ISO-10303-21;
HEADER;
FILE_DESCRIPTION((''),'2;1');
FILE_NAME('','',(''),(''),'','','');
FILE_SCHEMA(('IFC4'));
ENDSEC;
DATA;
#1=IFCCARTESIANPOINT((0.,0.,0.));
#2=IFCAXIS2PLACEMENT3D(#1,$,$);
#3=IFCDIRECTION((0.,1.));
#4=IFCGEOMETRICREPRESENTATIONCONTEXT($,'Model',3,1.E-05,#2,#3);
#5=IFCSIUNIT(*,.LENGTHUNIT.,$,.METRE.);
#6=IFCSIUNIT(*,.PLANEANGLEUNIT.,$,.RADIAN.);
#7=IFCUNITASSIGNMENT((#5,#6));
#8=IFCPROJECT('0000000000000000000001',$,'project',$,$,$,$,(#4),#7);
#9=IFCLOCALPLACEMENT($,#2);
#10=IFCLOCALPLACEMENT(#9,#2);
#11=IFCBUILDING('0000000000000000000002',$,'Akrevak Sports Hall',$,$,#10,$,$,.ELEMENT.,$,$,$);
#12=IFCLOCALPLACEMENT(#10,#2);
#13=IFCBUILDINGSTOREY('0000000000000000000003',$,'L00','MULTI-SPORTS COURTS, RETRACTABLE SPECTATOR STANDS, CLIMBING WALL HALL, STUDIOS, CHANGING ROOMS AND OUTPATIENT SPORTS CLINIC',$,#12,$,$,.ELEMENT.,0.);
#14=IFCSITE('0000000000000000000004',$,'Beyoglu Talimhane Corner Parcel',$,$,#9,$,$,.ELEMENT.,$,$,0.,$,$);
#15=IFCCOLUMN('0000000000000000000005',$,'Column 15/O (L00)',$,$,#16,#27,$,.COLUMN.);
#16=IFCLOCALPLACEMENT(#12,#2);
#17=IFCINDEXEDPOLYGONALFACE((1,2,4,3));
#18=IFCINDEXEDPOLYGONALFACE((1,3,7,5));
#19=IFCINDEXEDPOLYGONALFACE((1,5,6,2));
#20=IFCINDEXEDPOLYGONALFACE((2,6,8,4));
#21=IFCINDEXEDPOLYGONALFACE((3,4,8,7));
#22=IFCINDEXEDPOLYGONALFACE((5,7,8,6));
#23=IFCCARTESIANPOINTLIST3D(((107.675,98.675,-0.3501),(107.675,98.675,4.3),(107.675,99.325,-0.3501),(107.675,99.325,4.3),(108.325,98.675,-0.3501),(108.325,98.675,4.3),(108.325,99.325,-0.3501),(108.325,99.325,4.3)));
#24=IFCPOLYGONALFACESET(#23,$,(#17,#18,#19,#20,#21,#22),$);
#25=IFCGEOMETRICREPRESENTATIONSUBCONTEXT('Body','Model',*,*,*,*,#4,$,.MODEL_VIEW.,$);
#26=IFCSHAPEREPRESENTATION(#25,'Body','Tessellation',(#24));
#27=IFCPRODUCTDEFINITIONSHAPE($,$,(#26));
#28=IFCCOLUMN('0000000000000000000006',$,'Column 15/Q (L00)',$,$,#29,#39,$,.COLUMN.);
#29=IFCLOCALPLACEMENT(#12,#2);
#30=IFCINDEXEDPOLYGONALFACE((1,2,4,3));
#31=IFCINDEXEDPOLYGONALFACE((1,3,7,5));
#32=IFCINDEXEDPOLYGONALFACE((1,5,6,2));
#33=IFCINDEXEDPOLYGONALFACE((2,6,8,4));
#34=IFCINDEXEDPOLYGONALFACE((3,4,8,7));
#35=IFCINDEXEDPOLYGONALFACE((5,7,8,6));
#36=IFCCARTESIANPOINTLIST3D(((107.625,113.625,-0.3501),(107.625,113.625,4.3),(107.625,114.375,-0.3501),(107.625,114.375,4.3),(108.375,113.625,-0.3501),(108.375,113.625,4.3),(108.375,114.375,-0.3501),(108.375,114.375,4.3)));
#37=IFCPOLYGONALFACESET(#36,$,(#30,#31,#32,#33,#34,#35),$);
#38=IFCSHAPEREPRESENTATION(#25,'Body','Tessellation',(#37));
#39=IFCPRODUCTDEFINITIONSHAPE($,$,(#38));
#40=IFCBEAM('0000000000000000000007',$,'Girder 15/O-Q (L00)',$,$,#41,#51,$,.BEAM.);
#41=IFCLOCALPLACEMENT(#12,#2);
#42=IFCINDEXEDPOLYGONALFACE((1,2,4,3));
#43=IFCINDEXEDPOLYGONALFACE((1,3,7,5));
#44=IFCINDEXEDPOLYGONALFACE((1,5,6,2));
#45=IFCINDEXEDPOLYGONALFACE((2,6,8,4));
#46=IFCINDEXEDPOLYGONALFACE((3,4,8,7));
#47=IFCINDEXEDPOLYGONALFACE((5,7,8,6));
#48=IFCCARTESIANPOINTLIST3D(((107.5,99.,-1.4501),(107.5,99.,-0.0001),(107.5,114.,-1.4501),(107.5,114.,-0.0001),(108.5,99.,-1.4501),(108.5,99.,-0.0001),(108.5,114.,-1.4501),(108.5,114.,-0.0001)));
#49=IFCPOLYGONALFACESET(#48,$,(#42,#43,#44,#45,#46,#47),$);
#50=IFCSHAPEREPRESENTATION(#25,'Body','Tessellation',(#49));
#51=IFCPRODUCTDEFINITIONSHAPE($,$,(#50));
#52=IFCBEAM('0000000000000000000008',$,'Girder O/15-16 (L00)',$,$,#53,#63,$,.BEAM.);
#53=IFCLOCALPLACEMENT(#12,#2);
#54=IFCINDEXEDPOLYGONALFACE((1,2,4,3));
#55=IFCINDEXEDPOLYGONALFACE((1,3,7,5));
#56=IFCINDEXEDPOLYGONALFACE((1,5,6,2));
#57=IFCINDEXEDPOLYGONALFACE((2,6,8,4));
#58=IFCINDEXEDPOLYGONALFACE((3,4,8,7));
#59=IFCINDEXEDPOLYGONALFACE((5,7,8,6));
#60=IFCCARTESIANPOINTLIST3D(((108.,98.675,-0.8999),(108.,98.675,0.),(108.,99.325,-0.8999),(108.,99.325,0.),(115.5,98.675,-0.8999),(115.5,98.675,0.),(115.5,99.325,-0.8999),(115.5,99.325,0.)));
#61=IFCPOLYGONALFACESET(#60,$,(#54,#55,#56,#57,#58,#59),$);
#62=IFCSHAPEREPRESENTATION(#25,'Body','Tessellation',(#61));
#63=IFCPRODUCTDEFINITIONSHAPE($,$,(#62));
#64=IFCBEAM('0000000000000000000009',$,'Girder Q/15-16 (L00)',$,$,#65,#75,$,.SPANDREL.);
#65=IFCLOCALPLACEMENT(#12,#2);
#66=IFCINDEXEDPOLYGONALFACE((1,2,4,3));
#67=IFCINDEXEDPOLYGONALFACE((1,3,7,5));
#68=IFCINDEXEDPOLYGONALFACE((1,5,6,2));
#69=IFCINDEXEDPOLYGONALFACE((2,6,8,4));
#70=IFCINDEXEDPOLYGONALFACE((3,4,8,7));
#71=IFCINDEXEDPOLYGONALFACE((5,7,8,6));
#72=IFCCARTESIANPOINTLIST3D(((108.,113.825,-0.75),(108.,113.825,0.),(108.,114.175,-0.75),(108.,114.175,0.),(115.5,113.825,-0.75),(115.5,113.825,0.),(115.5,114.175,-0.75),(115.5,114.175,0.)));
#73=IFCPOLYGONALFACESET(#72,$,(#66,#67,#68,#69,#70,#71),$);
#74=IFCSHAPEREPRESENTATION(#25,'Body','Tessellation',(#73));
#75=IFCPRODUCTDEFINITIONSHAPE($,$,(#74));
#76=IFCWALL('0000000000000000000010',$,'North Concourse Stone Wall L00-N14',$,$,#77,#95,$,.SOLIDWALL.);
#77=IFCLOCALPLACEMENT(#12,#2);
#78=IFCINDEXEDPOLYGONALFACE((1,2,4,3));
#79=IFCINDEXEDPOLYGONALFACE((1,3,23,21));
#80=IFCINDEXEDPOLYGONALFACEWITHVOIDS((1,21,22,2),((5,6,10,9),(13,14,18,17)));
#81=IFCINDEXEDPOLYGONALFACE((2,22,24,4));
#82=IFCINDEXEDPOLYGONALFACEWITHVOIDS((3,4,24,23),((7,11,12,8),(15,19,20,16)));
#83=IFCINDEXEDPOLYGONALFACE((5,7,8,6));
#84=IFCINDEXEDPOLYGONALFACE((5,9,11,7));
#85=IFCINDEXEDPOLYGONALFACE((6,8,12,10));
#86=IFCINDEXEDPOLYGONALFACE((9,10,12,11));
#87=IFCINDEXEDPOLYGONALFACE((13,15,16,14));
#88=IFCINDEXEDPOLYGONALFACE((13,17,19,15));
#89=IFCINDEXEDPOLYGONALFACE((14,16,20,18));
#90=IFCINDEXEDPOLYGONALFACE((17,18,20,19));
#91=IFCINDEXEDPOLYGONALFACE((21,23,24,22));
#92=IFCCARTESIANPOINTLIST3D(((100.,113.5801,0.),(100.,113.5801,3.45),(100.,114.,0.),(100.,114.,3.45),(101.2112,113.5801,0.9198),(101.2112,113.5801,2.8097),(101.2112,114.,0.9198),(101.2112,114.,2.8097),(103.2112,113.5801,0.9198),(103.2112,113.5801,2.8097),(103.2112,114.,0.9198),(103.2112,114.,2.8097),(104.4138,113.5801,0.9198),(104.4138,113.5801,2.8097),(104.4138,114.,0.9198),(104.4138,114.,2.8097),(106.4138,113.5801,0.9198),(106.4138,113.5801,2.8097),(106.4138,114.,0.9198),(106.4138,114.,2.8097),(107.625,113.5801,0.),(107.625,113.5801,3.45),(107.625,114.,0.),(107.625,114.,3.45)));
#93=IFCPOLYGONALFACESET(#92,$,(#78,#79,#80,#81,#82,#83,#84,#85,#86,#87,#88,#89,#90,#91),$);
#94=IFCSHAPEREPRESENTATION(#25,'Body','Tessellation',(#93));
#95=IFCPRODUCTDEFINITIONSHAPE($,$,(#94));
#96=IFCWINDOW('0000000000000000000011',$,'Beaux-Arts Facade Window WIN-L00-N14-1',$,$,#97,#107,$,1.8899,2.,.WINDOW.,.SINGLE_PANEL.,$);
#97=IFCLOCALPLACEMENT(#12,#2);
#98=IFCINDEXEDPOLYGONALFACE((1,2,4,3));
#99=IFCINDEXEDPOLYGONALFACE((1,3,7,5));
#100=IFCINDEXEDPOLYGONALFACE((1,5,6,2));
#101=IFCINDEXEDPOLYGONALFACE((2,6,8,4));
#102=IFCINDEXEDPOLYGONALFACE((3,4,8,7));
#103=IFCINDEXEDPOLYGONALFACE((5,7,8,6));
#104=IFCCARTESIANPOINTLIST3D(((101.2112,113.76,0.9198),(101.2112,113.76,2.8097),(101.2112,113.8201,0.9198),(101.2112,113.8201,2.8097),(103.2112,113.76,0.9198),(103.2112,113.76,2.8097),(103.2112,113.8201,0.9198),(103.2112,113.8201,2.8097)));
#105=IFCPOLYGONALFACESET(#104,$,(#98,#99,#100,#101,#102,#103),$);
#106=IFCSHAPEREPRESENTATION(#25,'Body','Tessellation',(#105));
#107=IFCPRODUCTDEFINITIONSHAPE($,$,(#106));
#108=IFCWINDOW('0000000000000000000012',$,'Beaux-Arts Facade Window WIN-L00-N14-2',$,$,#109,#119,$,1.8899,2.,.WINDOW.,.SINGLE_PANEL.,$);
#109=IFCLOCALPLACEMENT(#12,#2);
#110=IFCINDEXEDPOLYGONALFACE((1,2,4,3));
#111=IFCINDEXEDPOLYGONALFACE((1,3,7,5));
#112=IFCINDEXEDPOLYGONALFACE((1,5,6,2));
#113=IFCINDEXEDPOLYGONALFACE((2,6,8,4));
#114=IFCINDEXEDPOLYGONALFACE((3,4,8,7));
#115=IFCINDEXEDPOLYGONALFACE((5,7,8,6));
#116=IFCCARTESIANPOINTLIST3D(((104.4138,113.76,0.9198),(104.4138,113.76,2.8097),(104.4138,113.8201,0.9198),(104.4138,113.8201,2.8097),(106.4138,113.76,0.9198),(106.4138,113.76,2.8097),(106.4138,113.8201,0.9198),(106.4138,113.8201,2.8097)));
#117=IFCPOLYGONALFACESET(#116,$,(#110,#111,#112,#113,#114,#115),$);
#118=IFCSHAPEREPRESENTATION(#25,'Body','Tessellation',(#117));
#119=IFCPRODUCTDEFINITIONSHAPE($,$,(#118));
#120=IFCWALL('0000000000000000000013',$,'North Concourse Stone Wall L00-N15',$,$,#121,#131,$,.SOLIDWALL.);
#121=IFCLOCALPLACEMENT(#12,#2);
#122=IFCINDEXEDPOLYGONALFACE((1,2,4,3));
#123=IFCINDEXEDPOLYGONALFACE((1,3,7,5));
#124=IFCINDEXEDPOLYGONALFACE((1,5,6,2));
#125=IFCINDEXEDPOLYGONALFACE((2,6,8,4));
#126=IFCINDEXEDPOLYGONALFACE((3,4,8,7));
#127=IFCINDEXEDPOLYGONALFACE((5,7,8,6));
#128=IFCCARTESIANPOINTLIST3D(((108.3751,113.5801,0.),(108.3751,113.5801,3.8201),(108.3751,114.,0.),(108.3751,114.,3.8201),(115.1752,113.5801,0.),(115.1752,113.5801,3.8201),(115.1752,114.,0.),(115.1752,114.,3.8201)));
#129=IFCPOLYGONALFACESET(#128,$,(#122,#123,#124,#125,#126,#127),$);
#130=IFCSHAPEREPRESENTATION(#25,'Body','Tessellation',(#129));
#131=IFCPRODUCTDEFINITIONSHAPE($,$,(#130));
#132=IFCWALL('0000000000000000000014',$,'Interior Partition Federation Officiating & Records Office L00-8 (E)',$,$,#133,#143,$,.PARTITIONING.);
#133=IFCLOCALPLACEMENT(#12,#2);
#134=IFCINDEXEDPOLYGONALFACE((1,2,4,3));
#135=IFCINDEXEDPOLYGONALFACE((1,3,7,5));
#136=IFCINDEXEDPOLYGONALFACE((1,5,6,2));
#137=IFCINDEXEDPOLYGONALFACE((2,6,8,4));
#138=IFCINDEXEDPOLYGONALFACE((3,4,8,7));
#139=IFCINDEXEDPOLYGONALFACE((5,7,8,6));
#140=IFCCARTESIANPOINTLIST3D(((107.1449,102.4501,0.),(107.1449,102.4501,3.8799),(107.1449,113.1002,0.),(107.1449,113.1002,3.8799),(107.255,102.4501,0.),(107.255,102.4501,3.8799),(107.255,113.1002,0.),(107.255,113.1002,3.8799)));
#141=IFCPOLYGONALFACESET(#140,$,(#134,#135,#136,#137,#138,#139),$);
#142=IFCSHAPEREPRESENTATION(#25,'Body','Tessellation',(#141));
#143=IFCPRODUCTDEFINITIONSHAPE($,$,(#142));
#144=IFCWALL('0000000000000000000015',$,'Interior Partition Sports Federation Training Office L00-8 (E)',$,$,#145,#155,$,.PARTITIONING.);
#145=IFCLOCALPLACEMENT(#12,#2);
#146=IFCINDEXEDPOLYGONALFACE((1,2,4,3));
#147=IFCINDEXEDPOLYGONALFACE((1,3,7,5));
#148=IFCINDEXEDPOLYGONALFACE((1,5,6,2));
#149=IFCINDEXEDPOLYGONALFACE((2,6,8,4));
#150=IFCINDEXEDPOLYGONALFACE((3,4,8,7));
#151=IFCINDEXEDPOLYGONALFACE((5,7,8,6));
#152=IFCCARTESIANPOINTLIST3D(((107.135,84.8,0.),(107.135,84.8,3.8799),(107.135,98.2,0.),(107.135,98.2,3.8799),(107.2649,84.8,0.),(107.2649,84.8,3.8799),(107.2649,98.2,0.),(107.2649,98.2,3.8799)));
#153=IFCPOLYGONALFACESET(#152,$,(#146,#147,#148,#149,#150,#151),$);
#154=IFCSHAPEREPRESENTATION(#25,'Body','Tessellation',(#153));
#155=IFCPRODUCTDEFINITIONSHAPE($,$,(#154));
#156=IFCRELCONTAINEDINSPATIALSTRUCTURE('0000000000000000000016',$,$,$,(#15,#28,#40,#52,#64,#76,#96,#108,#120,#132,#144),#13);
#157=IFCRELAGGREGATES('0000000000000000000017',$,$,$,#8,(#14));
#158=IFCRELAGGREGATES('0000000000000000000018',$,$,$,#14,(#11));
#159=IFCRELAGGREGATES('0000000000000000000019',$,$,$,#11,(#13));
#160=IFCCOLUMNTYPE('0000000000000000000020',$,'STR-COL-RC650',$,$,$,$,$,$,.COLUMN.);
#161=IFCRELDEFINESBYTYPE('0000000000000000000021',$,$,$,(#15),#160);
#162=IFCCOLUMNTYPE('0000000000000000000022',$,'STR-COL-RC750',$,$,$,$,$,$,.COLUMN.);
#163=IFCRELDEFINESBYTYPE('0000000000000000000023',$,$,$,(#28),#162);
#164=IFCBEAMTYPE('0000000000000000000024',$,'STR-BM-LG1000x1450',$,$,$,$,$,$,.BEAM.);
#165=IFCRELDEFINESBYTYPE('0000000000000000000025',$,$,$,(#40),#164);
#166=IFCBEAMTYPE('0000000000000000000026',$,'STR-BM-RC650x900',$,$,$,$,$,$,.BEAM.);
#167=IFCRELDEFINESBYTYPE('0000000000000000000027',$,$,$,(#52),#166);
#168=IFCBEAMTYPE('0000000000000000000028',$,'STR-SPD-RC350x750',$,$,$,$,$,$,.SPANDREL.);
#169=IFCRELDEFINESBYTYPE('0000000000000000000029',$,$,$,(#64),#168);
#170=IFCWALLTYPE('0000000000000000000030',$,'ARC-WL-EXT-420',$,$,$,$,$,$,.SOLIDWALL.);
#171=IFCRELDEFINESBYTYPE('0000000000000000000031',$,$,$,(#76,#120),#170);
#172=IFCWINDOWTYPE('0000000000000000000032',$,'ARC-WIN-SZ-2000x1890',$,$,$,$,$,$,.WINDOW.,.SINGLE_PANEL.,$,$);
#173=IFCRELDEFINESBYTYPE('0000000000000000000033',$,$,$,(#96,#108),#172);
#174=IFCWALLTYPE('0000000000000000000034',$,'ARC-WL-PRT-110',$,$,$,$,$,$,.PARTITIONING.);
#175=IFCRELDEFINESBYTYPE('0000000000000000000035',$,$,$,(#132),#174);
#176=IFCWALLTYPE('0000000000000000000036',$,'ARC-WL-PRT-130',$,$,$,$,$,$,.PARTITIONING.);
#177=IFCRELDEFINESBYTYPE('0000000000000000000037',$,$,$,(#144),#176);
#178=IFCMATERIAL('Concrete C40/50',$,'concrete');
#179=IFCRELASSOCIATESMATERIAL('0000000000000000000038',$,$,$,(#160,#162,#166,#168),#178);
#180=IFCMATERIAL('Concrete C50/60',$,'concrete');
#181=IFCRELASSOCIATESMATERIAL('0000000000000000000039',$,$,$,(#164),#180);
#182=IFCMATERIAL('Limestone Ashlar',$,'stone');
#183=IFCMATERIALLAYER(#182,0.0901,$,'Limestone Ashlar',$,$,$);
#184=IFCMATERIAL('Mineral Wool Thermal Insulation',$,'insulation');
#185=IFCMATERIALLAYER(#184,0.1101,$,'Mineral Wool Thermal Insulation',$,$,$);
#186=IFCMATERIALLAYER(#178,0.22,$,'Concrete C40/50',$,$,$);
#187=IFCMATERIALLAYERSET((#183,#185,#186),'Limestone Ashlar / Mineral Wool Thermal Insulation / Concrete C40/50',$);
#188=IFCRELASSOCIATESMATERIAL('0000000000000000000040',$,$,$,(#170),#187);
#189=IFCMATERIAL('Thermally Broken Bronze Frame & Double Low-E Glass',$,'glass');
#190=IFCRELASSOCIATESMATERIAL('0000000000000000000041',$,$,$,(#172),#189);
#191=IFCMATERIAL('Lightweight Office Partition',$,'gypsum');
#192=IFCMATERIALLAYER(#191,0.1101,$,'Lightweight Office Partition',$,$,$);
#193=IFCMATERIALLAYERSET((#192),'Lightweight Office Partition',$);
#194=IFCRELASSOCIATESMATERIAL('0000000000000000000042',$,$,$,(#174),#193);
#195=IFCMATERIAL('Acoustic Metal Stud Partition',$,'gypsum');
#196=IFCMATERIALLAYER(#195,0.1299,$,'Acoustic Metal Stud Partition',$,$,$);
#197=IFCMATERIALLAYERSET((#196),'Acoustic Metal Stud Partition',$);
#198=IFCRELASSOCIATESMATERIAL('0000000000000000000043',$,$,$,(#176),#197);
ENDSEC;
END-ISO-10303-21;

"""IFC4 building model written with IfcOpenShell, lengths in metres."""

from ifc_helpers import new_model, si_unit, direction, frame, frame_2d, origin, origin_2d, place, context, subcontext, project, spatial, rectangle, extrude, material, layer, layer_set, material_profile, profile_set, type_object, element, fill, save


model = new_model("IFC4")

# Units and contexts
model_context = context("Model", 3, precision=1e-05, world=origin(), true_north=direction((0.0, 1.0)))
body_context = subcontext(model_context, "Body", "Model", "MODEL_VIEW")
ifc_project = project(units=[si_unit("LENGTHUNIT", "METRE"), si_unit("PLANEANGLEUNIT", "RADIAN")], contexts=[model_context])

# Site, building, storey
site_placement = place(None, origin())
site = spatial("IfcSite", under=ifc_project, at=site_placement, Name="Beyoglu Talimhane Corner Parcel", CompositionType="ELEMENT", RefElevation=0.0)
building_placement = place(site_placement, origin())
building = spatial("IfcBuilding", under=site, at=building_placement, Name="Akrevak Sports Hall", CompositionType="ELEMENT")
storey_placement = place(building_placement, origin())
storey = spatial("IfcBuildingStorey", under=building, at=storey_placement, Name="L00", Description="MULTI-SPORTS COURTS, RETRACTABLE SPECTATOR STANDS, CLIMBING WALL HALL, STUDIOS, CHANGING ROOMS AND OUTPATIENT SPORTS CLINIC", CompositionType="ELEMENT", Elevation=0.0)

# Columns
ifc_material_1 = material(Name="Concrete C40/50", Category="concrete")
ifc_material_profile_1 = material_profile(ifc_material_1, rectangle(XDim=0.6499, YDim=0.6499, at=origin_2d()), Name="RC 650x650", Category="concrete")
ifc_profile_set_1 = profile_set([ifc_material_profile_1], Name="Concrete C40/50")
column_type_1 = type_object("IfcColumnType", Name="STR-COL-RC650", PredefinedType="COLUMN", material=ifc_profile_set_1)
column_1_placement = place(storey_placement, frame((108.0, 99.0, -0.3501), z_axis=(0.0, 0.0, 1.0), x_axis=(1.0, 0.0, 0.0)))
element("IfcColumn", 1, at=column_1_placement, inside=storey, type_object=column_type_1, Name="Column 15/O (L00)", PredefinedType="COLUMN", context=body_context, shape_type="SweptSolid", body=[
    extrude(rectangle(XDim=0.6499, YDim=0.6499, at=origin_2d()), origin(), (0.0, 0.0, 1.0), 4.6501),
])
ifc_material_profile_2 = material_profile(ifc_material_1, rectangle(XDim=0.75, YDim=0.75, at=origin_2d()), Name="RC 750x750", Category="concrete")
ifc_profile_set_2 = profile_set([ifc_material_profile_2], Name="Concrete C40/50")
column_type_2 = type_object("IfcColumnType", Name="STR-COL-RC750", PredefinedType="COLUMN", material=ifc_profile_set_2)
column_2_placement = place(storey_placement, frame((108.0, 114.0, -0.3501), z_axis=(0.0, 0.0, 1.0), x_axis=(1.0, 0.0, 0.0)))
element("IfcColumn", 2, at=column_2_placement, inside=storey, type_object=column_type_2, Name="Column 15/Q (L00)", PredefinedType="COLUMN", context=body_context, shape_type="SweptSolid", body=[
    extrude(rectangle(XDim=0.75, YDim=0.75, at=origin_2d()), origin(), (0.0, 0.0, 1.0), 4.6501),
])

# Beams
ifc_material_2 = material(Name="Concrete C50/60", Category="concrete")
ifc_material_profile_3 = material_profile(ifc_material_2, rectangle(XDim=1.0, YDim=1.45, at=origin_2d()), Name="BM 1000x1450", Category="concrete")
ifc_profile_set_3 = profile_set([ifc_material_profile_3], Name="Concrete C50/60")
beam_type_1 = type_object("IfcBeamType", Name="STR-BM-LG1000x1450", PredefinedType="BEAM", material=ifc_profile_set_3)
beam_1_placement = place(storey_placement, frame((108.0, 99.0, -0.7251), z_axis=(0.0, 1.0, 0.0), x_axis=(-1.0, 0.0, 0.0)))
element("IfcBeam", 3, at=beam_1_placement, inside=storey, type_object=beam_type_1, Name="Girder 15/O-Q (L00)", PredefinedType="BEAM", context=body_context, shape_type="SweptSolid", body=[
    extrude(rectangle(XDim=1.0, YDim=1.45, at=origin_2d()), origin(), (0.0, 0.0, 1.0), 15.0),
])
ifc_material_profile_4 = material_profile(ifc_material_1, rectangle(XDim=0.6499, YDim=0.8999, at=origin_2d()), Name="BM 650x900", Category="concrete")
ifc_profile_set_4 = profile_set([ifc_material_profile_4], Name="Concrete C40/50")
beam_type_2 = type_object("IfcBeamType", Name="STR-BM-RC650x900", PredefinedType="BEAM", material=ifc_profile_set_4)
beam_2_placement = place(storey_placement, frame((108.0, 99.0, -0.45), z_axis=(1.0, 0.0, 0.0), x_axis=(0.0, 1.0, 0.0)))
element("IfcBeam", 4, at=beam_2_placement, inside=storey, type_object=beam_type_2, Name="Girder O/15-16 (L00)", PredefinedType="BEAM", context=body_context, shape_type="SweptSolid", body=[
    extrude(rectangle(XDim=0.6499, YDim=0.8999, at=origin_2d()), origin(), (0.0, 0.0, 1.0), 7.5),
])
ifc_material_profile_5 = material_profile(ifc_material_1, rectangle(XDim=0.3501, YDim=0.75, at=origin_2d()), Name="SPD 350x750", Category="concrete")
ifc_profile_set_5 = profile_set([ifc_material_profile_5], Name="Concrete C40/50")
beam_type_3 = type_object("IfcBeamType", Name="STR-SPD-RC350x750", PredefinedType="SPANDREL", material=ifc_profile_set_5)
beam_3_placement = place(storey_placement, frame((108.0, 114.0, -0.375), z_axis=(1.0, 0.0, 0.0), x_axis=(0.0, 1.0, 0.0)))
element("IfcBeam", 5, at=beam_3_placement, inside=storey, type_object=beam_type_3, Name="Girder Q/15-16 (L00)", PredefinedType="SPANDREL", context=body_context, shape_type="SweptSolid", body=[
    extrude(rectangle(XDim=0.3501, YDim=0.75, at=origin_2d()), origin(), (0.0, 0.0, 1.0), 7.5),
])

# Wall, openings, windows
ifc_material_3 = material(Name="Limestone Ashlar", Category="stone")
ifc_layer_1 = layer(ifc_material_3, 0.0901, Name="Limestone Ashlar")
ifc_material_4 = material(Name="Mineral Wool Thermal Insulation", Category="insulation")
ifc_layer_2 = layer(ifc_material_4, 0.1101, Name="Mineral Wool Thermal Insulation")
ifc_layer_3 = layer(ifc_material_1, 0.22, Name="Concrete C40/50")
ifc_layer_set_1 = layer_set([ifc_layer_1, ifc_layer_2, ifc_layer_3], Name="Limestone Ashlar / Mineral Wool Thermal Insulation / Concrete C40/50")
wall_type_1 = type_object("IfcWallType", Name="ARC-WL-EXT-420", PredefinedType="SOLIDWALL", material=ifc_layer_set_1)
wall_1_placement = place(storey_placement, frame((107.625, 113.79, 0.0), z_axis=(0.0, 0.0, 1.0), x_axis=(-1.0, 0.0, 0.0)))
wall_1 = element("IfcWall", 6, at=wall_1_placement, inside=storey, type_object=wall_type_1, Name="North Concourse Stone Wall L00-N14", PredefinedType="SOLIDWALL", context=body_context, shape_type="SweptSolid", body=[
    extrude(rectangle(XDim=7.625, YDim=0.4199, at=frame_2d((3.8125, 0.0))), origin(), (0.0, 0.0, 1.0), 3.45),
])
opening_1_placement = place(wall_1_placement, frame((4.4138, 0.0, 0.9199)))
opening_1 = element("IfcOpeningElement", 7, at=opening_1_placement, cuts=wall_1, PredefinedType="OPENING", context=body_context, shape_type="SweptSolid", body=[
    extrude(rectangle(XDim=2.0, YDim=1.8899, at=frame_2d((1.0, 0.9448))), frame((0.0, 0.2219, 0.0), z_axis=(0.0, -1.0, 0.0), x_axis=(1.0, 0.0, 0.0)), (0.0, 0.0, 1.0), 0.4438),
])
opening_2_placement = place(wall_1_placement, frame((1.2112, 0.0, 0.9199)))
opening_2 = element("IfcOpeningElement", 8, at=opening_2_placement, cuts=wall_1, PredefinedType="OPENING", context=body_context, shape_type="SweptSolid", body=[
    extrude(rectangle(XDim=2.0, YDim=1.8899, at=frame_2d((1.0, 0.9448))), frame((0.0, 0.2219, 0.0), z_axis=(0.0, -1.0, 0.0), x_axis=(1.0, 0.0, 0.0)), (0.0, 0.0, 1.0), 0.4438),
])
ifc_material_5 = material(Name="Thermally Broken Bronze Frame & Double Low-E Glass", Category="glass")
window_type = type_object("IfcWindowType", Name="ARC-WIN-SZ-2000x1890", PartitioningType="SINGLE_PANEL", PredefinedType="WINDOW", material=ifc_material_5)
window_1_placement = place(opening_1_placement, origin())
window_1 = element("IfcWindow", 9, at=window_1_placement, inside=storey, type_object=window_type, Name="Beaux-Arts Facade Window WIN-L00-N14-1", OverallHeight=1.8899, OverallWidth=2.0, PartitioningType="SINGLE_PANEL", PredefinedType="WINDOW", context=body_context, shape_type="SweptSolid", body=[
    extrude(rectangle(XDim=2.0, YDim=1.8899, at=frame_2d((1.0, 0.9448))), frame((0.0, 0.03, 0.0), z_axis=(0.0, -1.0, 0.0), x_axis=(1.0, 0.0, 0.0)), (0.0, 0.0, 1.0), 0.0601),
])
fill(opening_1, window_1)
window_2_placement = place(opening_2_placement, origin())
window_2 = element("IfcWindow", 10, at=window_2_placement, inside=storey, type_object=window_type, Name="Beaux-Arts Facade Window WIN-L00-N14-2", OverallHeight=1.8899, OverallWidth=2.0, PartitioningType="SINGLE_PANEL", PredefinedType="WINDOW", context=body_context, shape_type="SweptSolid", body=[
    extrude(rectangle(XDim=2.0, YDim=1.8899, at=frame_2d((1.0, 0.9448))), frame((0.0, 0.03, 0.0), z_axis=(0.0, -1.0, 0.0), x_axis=(1.0, 0.0, 0.0)), (0.0, 0.0, 1.0), 0.0601),
])
fill(opening_2, window_2)

# Walls
wall_2_placement = place(storey_placement, frame((115.175, 113.79, 0.0), z_axis=(0.0, 0.0, 1.0), x_axis=(-1.0, 0.0, 0.0)))
element("IfcWall", 11, at=wall_2_placement, inside=storey, type_object=wall_type_1, Name="North Concourse Stone Wall L00-N15", PredefinedType="SOLIDWALL", context=body_context, shape_type="SweptSolid", body=[
    extrude(rectangle(XDim=6.8, YDim=0.4199, at=frame_2d((3.3999, 0.0))), origin(), (0.0, 0.0, 1.0), 3.8201),
])
ifc_material_6 = material(Name="Lightweight Office Partition", Category="gypsum")
ifc_layer_4 = layer(ifc_material_6, 0.1101, Name="Lightweight Office Partition")
ifc_layer_set_2 = layer_set([ifc_layer_4], Name="Lightweight Office Partition")
wall_type_2 = type_object("IfcWallType", Name="ARC-WL-PRT-110", PredefinedType="PARTITIONING", material=ifc_layer_set_2)
wall_3_placement = place(storey_placement, frame((107.2, 102.45, 0.0), z_axis=(0.0, 0.0, 1.0), x_axis=(0.0, 1.0, 0.0)))
element("IfcWall", 12, at=wall_3_placement, inside=storey, type_object=wall_type_2, Name="Interior Partition Federation Officiating & Records Office L00-8 (E)", PredefinedType="PARTITIONING", context=body_context, shape_type="SweptSolid", body=[
    extrude(rectangle(XDim=10.6501, YDim=0.1101, at=frame_2d((5.3252, 0.0))), origin(), (0.0, 0.0, 1.0), 3.8799),
])
ifc_material_7 = material(Name="Acoustic Metal Stud Partition", Category="gypsum")
ifc_layer_5 = layer(ifc_material_7, 0.1299, Name="Acoustic Metal Stud Partition")
ifc_layer_set_3 = layer_set([ifc_layer_5], Name="Acoustic Metal Stud Partition")
wall_type_3 = type_object("IfcWallType", Name="ARC-WL-PRT-130", PredefinedType="PARTITIONING", material=ifc_layer_set_3)
wall_4_placement = place(storey_placement, frame((107.2, 84.8, 0.0), z_axis=(0.0, 0.0, 1.0), x_axis=(0.0, 1.0, 0.0)))
element("IfcWall", 13, at=wall_4_placement, inside=storey, type_object=wall_type_3, Name="Interior Partition Sports Federation Training Office L00-8 (E)", PredefinedType="PARTITIONING", context=body_context, shape_type="SweptSolid", body=[
    extrude(rectangle(XDim=13.3999, YDim=0.1299, at=frame_2d((6.7, 0.0))), origin(), (0.0, 0.0, 1.0), 3.8799),
])

save(model, "model.ifc")
